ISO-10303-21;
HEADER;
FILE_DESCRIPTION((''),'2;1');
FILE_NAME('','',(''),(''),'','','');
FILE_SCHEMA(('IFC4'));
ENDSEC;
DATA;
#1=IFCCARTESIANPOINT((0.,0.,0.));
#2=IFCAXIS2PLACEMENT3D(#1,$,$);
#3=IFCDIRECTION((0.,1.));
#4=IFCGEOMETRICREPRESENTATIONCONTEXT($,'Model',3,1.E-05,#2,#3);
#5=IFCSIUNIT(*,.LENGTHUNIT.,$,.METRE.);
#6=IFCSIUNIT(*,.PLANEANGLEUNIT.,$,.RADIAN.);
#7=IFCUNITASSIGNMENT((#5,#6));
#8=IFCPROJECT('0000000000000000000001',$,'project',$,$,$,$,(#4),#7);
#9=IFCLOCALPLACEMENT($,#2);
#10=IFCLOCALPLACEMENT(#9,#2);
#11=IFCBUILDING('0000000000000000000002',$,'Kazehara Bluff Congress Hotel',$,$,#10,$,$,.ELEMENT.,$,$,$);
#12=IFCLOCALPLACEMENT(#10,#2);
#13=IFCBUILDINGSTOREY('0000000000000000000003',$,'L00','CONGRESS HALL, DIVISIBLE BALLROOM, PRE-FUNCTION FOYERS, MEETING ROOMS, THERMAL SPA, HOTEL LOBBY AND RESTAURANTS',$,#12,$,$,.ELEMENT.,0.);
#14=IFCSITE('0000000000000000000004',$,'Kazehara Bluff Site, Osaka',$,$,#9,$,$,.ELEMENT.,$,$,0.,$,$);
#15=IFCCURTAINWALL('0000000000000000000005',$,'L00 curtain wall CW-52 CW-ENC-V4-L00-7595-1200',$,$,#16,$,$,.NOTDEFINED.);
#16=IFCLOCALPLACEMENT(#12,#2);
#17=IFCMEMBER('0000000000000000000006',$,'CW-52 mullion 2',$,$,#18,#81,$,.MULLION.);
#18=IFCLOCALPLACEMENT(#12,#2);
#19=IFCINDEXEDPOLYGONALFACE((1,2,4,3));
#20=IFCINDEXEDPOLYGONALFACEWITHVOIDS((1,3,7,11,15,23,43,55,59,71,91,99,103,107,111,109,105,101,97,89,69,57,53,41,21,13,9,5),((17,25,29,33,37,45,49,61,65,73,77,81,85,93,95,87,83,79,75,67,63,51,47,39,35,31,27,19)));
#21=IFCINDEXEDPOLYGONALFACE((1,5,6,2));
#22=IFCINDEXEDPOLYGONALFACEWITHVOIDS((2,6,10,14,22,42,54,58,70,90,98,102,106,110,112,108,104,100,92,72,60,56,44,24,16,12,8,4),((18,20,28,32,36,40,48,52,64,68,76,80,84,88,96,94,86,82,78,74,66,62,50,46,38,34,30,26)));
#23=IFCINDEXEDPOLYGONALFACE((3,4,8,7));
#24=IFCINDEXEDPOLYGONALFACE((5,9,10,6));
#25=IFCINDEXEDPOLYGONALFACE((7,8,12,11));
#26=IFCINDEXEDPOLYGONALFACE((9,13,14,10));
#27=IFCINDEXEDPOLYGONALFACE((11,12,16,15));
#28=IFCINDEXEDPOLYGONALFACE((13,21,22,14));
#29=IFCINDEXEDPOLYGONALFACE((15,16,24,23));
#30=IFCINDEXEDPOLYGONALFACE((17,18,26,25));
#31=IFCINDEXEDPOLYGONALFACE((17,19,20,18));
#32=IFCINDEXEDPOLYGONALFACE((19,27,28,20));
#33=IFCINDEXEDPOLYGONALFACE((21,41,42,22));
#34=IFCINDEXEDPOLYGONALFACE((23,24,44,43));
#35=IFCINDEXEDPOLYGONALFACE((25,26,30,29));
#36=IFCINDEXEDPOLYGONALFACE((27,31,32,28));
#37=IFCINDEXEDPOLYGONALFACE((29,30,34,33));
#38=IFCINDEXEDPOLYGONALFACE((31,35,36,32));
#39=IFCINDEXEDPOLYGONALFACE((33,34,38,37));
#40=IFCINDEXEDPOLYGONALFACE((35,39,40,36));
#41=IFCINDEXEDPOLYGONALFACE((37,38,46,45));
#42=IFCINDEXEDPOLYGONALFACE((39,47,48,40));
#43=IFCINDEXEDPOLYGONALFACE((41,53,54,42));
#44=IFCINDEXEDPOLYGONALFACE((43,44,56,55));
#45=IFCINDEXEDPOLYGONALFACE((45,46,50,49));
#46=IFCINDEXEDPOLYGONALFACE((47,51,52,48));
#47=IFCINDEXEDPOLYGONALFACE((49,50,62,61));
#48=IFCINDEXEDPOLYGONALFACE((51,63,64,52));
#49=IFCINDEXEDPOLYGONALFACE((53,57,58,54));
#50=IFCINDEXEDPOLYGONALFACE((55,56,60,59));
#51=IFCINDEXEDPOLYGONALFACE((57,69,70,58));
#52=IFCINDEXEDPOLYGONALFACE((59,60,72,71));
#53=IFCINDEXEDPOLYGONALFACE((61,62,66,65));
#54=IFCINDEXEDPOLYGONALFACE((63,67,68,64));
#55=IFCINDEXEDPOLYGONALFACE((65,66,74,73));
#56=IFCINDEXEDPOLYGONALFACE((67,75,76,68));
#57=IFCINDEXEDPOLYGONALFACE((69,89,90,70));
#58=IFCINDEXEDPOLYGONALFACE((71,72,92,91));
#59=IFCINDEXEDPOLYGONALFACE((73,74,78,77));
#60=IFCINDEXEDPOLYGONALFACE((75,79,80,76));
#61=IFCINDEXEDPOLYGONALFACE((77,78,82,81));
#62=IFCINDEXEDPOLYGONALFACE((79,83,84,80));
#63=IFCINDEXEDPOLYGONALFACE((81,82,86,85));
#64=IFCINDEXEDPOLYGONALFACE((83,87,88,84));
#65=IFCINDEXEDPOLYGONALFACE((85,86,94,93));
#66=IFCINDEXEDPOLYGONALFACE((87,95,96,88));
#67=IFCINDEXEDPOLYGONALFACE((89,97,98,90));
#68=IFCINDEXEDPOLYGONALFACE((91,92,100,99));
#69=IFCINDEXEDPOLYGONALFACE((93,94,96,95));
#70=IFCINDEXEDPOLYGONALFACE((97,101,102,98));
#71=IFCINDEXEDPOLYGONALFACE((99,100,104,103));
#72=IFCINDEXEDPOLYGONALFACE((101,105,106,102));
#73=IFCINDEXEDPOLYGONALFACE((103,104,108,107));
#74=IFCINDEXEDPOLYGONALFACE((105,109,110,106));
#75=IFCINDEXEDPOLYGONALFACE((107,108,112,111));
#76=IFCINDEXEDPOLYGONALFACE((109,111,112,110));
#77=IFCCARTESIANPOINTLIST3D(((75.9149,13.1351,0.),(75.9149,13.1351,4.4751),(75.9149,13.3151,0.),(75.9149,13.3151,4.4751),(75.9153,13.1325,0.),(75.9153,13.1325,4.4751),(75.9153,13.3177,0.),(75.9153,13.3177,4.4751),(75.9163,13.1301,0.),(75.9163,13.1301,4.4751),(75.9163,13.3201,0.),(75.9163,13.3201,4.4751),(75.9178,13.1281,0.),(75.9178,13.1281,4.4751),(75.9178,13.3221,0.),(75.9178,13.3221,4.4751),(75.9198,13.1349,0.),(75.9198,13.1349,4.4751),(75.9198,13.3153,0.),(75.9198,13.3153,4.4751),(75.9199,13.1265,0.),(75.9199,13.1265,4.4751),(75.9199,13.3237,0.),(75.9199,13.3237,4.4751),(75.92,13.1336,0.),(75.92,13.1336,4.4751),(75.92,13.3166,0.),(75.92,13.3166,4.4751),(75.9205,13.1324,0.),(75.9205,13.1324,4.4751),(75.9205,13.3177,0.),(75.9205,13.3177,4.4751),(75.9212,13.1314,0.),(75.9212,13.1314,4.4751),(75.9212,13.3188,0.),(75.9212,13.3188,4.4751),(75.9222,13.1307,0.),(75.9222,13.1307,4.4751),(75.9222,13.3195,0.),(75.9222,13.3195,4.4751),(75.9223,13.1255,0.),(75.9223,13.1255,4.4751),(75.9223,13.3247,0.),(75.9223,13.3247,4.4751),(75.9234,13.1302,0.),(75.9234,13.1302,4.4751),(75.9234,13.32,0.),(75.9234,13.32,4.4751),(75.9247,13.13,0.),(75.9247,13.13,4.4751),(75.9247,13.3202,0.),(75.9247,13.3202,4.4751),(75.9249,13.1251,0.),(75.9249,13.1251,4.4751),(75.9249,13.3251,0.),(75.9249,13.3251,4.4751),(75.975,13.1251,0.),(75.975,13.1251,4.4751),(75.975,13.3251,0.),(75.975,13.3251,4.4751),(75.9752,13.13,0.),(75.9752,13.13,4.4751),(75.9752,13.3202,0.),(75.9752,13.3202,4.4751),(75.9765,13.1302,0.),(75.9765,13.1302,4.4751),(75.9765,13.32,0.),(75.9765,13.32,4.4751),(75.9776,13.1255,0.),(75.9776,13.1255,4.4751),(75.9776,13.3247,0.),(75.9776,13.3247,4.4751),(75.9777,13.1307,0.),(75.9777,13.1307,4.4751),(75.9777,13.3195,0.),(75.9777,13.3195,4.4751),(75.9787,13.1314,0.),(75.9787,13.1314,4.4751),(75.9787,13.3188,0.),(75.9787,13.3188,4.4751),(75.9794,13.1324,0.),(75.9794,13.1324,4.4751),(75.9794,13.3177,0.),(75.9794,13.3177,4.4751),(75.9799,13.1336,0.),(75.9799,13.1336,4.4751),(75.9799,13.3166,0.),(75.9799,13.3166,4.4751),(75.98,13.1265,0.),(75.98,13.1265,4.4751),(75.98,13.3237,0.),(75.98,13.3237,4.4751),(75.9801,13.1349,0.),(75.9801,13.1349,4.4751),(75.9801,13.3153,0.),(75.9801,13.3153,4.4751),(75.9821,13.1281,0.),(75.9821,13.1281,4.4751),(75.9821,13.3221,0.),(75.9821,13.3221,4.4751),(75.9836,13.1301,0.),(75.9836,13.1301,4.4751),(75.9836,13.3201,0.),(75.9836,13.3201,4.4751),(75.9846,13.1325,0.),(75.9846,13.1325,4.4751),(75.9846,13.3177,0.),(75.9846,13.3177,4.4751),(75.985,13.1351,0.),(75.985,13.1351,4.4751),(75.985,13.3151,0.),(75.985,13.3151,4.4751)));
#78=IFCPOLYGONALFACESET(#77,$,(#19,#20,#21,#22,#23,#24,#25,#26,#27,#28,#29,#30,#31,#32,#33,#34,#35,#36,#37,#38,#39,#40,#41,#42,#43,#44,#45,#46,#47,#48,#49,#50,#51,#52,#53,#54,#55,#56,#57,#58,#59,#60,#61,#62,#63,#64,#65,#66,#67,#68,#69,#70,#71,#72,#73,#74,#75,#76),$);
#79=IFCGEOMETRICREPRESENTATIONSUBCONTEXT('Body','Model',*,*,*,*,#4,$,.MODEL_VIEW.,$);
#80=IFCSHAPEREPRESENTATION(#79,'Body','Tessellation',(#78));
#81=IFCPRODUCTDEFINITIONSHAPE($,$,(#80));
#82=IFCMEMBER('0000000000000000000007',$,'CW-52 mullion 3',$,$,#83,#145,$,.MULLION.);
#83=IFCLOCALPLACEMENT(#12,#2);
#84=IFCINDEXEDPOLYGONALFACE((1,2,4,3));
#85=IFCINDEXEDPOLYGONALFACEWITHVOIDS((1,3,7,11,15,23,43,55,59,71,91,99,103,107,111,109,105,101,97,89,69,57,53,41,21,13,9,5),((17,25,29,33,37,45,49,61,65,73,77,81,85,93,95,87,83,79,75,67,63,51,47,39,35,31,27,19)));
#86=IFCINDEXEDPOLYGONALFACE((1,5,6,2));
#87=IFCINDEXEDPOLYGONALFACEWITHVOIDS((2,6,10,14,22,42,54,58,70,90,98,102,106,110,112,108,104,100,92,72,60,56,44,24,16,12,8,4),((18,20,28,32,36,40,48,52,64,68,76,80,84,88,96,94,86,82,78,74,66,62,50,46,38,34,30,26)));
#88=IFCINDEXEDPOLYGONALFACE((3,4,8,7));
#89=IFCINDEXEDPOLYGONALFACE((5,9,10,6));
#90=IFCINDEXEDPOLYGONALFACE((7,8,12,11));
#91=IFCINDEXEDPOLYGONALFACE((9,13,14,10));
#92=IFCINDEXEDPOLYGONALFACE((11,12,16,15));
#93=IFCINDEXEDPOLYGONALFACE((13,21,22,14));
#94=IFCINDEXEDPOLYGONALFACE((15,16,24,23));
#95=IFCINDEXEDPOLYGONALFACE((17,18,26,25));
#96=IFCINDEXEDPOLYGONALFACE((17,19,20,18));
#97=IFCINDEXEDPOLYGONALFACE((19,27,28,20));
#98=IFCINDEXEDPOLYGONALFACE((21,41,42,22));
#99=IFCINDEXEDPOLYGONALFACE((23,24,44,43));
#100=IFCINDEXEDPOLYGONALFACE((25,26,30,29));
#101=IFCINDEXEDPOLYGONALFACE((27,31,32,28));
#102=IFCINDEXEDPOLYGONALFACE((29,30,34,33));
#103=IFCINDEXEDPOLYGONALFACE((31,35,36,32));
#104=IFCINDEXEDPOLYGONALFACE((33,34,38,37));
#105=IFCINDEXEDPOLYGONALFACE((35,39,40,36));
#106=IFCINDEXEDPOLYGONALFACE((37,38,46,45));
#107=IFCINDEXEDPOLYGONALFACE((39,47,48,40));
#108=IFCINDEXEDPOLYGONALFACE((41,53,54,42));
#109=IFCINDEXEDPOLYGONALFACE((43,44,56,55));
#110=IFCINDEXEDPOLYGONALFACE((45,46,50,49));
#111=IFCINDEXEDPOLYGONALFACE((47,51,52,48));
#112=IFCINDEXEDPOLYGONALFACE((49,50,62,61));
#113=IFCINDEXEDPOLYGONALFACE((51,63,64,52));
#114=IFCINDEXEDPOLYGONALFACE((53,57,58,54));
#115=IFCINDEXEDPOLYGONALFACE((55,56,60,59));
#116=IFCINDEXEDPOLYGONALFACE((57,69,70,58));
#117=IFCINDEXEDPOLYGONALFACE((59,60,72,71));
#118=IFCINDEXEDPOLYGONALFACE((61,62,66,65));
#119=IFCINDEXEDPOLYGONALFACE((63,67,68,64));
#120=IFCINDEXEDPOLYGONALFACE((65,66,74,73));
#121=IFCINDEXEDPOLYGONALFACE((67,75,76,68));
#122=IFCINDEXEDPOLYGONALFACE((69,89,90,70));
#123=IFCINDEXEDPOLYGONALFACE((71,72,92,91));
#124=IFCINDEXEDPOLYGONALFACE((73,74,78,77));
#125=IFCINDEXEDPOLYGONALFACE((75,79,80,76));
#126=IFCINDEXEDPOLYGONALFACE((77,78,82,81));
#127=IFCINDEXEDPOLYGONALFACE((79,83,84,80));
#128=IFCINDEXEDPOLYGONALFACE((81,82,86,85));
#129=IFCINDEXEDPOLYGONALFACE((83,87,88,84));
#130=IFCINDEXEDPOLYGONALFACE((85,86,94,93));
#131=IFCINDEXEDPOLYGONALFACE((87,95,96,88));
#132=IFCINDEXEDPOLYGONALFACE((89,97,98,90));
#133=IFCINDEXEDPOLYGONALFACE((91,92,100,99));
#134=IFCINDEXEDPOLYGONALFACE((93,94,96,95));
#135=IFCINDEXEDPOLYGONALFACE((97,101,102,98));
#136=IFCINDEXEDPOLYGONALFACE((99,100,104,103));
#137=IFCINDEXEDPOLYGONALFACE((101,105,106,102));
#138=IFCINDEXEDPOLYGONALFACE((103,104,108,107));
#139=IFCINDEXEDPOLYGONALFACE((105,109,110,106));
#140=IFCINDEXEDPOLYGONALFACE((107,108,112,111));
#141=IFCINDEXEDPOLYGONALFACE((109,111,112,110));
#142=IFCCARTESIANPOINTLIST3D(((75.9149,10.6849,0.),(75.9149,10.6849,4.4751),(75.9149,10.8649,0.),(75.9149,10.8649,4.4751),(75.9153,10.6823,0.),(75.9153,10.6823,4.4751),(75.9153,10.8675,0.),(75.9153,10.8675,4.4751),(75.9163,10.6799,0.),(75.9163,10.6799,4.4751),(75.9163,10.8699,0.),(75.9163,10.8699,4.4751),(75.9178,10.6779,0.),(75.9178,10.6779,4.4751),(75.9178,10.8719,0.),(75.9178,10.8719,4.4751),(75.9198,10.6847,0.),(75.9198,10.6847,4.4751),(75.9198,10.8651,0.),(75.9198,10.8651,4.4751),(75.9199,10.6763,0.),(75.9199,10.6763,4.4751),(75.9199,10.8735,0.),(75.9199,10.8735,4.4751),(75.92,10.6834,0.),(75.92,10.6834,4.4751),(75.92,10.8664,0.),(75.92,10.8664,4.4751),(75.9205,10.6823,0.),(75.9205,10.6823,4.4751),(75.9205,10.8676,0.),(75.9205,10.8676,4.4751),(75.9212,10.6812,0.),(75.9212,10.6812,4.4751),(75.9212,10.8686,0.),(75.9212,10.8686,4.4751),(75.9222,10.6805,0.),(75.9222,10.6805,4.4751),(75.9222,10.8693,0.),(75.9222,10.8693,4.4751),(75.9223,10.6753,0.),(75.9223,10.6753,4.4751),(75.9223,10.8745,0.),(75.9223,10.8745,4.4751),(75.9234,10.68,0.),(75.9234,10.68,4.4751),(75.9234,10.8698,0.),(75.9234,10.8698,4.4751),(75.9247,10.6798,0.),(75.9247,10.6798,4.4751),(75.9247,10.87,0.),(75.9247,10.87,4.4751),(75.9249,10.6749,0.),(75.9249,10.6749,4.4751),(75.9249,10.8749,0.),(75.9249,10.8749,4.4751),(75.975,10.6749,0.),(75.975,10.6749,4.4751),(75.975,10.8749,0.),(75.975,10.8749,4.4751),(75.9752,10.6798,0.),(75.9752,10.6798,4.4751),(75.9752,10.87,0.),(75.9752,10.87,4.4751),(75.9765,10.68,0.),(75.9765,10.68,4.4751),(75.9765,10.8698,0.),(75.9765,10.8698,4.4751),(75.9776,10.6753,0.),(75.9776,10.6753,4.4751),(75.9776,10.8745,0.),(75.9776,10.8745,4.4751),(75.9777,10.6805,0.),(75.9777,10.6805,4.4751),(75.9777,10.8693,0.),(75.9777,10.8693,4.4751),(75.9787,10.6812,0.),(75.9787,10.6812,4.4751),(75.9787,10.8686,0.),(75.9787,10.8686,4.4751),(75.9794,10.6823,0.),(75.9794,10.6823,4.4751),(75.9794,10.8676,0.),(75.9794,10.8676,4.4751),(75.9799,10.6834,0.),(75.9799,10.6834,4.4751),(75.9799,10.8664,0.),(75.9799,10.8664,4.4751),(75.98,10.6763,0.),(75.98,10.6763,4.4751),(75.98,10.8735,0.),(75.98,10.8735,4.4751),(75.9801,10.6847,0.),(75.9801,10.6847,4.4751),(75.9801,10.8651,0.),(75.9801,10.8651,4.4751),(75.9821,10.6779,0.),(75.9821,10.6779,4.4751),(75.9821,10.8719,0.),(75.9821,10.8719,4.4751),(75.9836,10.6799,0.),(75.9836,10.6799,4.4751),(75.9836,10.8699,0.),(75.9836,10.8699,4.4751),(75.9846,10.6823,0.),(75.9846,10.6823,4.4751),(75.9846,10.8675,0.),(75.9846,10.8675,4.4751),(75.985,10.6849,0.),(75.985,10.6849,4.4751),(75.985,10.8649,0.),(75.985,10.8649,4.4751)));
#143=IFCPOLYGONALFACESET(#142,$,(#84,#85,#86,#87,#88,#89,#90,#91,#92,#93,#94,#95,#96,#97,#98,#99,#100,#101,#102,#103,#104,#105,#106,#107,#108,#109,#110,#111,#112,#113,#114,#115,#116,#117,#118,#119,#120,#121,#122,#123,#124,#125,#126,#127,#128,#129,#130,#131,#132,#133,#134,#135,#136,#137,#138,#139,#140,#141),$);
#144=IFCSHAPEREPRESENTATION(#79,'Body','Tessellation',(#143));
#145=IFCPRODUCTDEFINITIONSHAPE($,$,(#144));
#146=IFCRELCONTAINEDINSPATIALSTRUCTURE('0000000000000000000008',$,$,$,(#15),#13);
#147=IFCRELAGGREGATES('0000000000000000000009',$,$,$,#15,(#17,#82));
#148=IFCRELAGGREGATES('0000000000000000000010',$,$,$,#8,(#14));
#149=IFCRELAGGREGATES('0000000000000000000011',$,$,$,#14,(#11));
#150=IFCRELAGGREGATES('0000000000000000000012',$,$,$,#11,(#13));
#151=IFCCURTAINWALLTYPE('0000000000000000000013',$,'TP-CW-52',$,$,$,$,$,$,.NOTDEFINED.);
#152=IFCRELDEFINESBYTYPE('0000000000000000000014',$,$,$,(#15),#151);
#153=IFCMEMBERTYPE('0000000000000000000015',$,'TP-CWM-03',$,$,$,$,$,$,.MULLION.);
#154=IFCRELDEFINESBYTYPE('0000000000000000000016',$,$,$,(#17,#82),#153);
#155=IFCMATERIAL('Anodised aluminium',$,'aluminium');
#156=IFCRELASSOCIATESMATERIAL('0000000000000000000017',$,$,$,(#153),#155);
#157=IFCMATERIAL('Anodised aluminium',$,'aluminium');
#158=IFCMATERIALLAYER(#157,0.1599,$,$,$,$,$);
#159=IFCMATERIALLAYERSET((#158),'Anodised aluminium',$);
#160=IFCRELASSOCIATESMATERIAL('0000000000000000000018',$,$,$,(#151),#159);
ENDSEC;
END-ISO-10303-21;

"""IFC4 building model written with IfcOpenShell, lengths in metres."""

from ifc_helpers import new_model, si_unit, direction, frame, origin, origin_2d, place, context, subcontext, project, spatial, hollow_rectangle, extrude, material, layer, layer_set, material_profile, profile_set, type_object, element, aggregate, save


model = new_model("IFC4")

# Units and contexts
model_context = context("Model", 3, precision=1e-05, world=origin(), true_north=direction((0.0, 1.0)))
body_context = subcontext(model_context, "Body", "Model", "MODEL_VIEW")
ifc_project = project(units=[si_unit("LENGTHUNIT", "METRE"), si_unit("PLANEANGLEUNIT", "RADIAN")], contexts=[model_context])

# Site, building, storey
site_placement = place(None, origin())
site = spatial("IfcSite", under=ifc_project, at=site_placement, Name="Kazehara Bluff Site, Osaka", CompositionType="ELEMENT", RefElevation=0.0)
building_placement = place(site_placement, origin())
building = spatial("IfcBuilding", under=site, at=building_placement, Name="Kazehara Bluff Congress Hotel", CompositionType="ELEMENT")
storey_placement = place(building_placement, origin())
storey = spatial("IfcBuildingStorey", under=building, at=storey_placement, Name="L00", Description="CONGRESS HALL, DIVISIBLE BALLROOM, PRE-FUNCTION FOYERS, MEETING ROOMS, THERMAL SPA, HOTEL LOBBY AND RESTAURANTS", CompositionType="ELEMENT", Elevation=0.0)

# Shared definitions
ifc_material_1 = material(Name="Anodised aluminium", Category="aluminium")
ifc_material_profile_1 = material_profile(ifc_material_1, hollow_rectangle(XDim=0.0701, YDim=0.2, WallThickness=0.0049, InnerFilletRadius=0.0049, OuterFilletRadius=0.01, at=origin_2d()))
ifc_profile_set_1 = profile_set([ifc_material_profile_1], Name="Anodised aluminium")
member_type_1 = type_object("IfcMemberType", Name="TP-CWM-03", PredefinedType="MULLION", material=ifc_profile_set_1)

# Curtain wall, members
ifc_material_2 = material(Name="Anodised aluminium", Category="aluminium")
ifc_layer_1 = layer(ifc_material_2, 0.1599)
ifc_layer_set_1 = layer_set([ifc_layer_1], Name="Anodised aluminium")
curtain_wall_type_1 = type_object("IfcCurtainWallType", Name="TP-CW-52", PredefinedType="NOTDEFINED", material=ifc_layer_set_1)
curtain_wall_1_placement = place(storey_placement, origin())
curtain_wall_1 = element("IfcCurtainWall", 1, at=curtain_wall_1_placement, inside=storey, type_object=curtain_wall_type_1, Name="L00 curtain wall CW-52 CW-ENC-V4-L00-7595-1200", PredefinedType="NOTDEFINED")
member_1_placement = place(storey_placement, frame((75.95, 13.2251, 0.0), z_axis=(0.0, 0.0, 1.0), x_axis=(1.0, 0.0, 0.0)))
member_1 = element("IfcMember", 2, at=member_1_placement, type_object=member_type_1, Name="CW-52 mullion 2", PredefinedType="MULLION", context=body_context, shape_type="SweptSolid", body=[
    extrude(hollow_rectangle(XDim=0.0701, YDim=0.2, WallThickness=0.0049, InnerFilletRadius=0.0049, OuterFilletRadius=0.01, at=origin_2d()), origin(), (0.0, 0.0, 1.0), 4.4751),
])
member_2_placement = place(storey_placement, frame((75.95, 10.7749, 0.0), z_axis=(0.0, 0.0, 1.0), x_axis=(1.0, 0.0, 0.0)))
member_2 = element("IfcMember", 3, at=member_2_placement, type_object=member_type_1, Name="CW-52 mullion 3", PredefinedType="MULLION", context=body_context, shape_type="SweptSolid", body=[
    extrude(hollow_rectangle(XDim=0.0701, YDim=0.2, WallThickness=0.0049, InnerFilletRadius=0.0049, OuterFilletRadius=0.01, at=origin_2d()), origin(), (0.0, 0.0, 1.0), 4.4751),
])

aggregate(curtain_wall_1, [member_1, member_2])

save(model, "model.ifc")
